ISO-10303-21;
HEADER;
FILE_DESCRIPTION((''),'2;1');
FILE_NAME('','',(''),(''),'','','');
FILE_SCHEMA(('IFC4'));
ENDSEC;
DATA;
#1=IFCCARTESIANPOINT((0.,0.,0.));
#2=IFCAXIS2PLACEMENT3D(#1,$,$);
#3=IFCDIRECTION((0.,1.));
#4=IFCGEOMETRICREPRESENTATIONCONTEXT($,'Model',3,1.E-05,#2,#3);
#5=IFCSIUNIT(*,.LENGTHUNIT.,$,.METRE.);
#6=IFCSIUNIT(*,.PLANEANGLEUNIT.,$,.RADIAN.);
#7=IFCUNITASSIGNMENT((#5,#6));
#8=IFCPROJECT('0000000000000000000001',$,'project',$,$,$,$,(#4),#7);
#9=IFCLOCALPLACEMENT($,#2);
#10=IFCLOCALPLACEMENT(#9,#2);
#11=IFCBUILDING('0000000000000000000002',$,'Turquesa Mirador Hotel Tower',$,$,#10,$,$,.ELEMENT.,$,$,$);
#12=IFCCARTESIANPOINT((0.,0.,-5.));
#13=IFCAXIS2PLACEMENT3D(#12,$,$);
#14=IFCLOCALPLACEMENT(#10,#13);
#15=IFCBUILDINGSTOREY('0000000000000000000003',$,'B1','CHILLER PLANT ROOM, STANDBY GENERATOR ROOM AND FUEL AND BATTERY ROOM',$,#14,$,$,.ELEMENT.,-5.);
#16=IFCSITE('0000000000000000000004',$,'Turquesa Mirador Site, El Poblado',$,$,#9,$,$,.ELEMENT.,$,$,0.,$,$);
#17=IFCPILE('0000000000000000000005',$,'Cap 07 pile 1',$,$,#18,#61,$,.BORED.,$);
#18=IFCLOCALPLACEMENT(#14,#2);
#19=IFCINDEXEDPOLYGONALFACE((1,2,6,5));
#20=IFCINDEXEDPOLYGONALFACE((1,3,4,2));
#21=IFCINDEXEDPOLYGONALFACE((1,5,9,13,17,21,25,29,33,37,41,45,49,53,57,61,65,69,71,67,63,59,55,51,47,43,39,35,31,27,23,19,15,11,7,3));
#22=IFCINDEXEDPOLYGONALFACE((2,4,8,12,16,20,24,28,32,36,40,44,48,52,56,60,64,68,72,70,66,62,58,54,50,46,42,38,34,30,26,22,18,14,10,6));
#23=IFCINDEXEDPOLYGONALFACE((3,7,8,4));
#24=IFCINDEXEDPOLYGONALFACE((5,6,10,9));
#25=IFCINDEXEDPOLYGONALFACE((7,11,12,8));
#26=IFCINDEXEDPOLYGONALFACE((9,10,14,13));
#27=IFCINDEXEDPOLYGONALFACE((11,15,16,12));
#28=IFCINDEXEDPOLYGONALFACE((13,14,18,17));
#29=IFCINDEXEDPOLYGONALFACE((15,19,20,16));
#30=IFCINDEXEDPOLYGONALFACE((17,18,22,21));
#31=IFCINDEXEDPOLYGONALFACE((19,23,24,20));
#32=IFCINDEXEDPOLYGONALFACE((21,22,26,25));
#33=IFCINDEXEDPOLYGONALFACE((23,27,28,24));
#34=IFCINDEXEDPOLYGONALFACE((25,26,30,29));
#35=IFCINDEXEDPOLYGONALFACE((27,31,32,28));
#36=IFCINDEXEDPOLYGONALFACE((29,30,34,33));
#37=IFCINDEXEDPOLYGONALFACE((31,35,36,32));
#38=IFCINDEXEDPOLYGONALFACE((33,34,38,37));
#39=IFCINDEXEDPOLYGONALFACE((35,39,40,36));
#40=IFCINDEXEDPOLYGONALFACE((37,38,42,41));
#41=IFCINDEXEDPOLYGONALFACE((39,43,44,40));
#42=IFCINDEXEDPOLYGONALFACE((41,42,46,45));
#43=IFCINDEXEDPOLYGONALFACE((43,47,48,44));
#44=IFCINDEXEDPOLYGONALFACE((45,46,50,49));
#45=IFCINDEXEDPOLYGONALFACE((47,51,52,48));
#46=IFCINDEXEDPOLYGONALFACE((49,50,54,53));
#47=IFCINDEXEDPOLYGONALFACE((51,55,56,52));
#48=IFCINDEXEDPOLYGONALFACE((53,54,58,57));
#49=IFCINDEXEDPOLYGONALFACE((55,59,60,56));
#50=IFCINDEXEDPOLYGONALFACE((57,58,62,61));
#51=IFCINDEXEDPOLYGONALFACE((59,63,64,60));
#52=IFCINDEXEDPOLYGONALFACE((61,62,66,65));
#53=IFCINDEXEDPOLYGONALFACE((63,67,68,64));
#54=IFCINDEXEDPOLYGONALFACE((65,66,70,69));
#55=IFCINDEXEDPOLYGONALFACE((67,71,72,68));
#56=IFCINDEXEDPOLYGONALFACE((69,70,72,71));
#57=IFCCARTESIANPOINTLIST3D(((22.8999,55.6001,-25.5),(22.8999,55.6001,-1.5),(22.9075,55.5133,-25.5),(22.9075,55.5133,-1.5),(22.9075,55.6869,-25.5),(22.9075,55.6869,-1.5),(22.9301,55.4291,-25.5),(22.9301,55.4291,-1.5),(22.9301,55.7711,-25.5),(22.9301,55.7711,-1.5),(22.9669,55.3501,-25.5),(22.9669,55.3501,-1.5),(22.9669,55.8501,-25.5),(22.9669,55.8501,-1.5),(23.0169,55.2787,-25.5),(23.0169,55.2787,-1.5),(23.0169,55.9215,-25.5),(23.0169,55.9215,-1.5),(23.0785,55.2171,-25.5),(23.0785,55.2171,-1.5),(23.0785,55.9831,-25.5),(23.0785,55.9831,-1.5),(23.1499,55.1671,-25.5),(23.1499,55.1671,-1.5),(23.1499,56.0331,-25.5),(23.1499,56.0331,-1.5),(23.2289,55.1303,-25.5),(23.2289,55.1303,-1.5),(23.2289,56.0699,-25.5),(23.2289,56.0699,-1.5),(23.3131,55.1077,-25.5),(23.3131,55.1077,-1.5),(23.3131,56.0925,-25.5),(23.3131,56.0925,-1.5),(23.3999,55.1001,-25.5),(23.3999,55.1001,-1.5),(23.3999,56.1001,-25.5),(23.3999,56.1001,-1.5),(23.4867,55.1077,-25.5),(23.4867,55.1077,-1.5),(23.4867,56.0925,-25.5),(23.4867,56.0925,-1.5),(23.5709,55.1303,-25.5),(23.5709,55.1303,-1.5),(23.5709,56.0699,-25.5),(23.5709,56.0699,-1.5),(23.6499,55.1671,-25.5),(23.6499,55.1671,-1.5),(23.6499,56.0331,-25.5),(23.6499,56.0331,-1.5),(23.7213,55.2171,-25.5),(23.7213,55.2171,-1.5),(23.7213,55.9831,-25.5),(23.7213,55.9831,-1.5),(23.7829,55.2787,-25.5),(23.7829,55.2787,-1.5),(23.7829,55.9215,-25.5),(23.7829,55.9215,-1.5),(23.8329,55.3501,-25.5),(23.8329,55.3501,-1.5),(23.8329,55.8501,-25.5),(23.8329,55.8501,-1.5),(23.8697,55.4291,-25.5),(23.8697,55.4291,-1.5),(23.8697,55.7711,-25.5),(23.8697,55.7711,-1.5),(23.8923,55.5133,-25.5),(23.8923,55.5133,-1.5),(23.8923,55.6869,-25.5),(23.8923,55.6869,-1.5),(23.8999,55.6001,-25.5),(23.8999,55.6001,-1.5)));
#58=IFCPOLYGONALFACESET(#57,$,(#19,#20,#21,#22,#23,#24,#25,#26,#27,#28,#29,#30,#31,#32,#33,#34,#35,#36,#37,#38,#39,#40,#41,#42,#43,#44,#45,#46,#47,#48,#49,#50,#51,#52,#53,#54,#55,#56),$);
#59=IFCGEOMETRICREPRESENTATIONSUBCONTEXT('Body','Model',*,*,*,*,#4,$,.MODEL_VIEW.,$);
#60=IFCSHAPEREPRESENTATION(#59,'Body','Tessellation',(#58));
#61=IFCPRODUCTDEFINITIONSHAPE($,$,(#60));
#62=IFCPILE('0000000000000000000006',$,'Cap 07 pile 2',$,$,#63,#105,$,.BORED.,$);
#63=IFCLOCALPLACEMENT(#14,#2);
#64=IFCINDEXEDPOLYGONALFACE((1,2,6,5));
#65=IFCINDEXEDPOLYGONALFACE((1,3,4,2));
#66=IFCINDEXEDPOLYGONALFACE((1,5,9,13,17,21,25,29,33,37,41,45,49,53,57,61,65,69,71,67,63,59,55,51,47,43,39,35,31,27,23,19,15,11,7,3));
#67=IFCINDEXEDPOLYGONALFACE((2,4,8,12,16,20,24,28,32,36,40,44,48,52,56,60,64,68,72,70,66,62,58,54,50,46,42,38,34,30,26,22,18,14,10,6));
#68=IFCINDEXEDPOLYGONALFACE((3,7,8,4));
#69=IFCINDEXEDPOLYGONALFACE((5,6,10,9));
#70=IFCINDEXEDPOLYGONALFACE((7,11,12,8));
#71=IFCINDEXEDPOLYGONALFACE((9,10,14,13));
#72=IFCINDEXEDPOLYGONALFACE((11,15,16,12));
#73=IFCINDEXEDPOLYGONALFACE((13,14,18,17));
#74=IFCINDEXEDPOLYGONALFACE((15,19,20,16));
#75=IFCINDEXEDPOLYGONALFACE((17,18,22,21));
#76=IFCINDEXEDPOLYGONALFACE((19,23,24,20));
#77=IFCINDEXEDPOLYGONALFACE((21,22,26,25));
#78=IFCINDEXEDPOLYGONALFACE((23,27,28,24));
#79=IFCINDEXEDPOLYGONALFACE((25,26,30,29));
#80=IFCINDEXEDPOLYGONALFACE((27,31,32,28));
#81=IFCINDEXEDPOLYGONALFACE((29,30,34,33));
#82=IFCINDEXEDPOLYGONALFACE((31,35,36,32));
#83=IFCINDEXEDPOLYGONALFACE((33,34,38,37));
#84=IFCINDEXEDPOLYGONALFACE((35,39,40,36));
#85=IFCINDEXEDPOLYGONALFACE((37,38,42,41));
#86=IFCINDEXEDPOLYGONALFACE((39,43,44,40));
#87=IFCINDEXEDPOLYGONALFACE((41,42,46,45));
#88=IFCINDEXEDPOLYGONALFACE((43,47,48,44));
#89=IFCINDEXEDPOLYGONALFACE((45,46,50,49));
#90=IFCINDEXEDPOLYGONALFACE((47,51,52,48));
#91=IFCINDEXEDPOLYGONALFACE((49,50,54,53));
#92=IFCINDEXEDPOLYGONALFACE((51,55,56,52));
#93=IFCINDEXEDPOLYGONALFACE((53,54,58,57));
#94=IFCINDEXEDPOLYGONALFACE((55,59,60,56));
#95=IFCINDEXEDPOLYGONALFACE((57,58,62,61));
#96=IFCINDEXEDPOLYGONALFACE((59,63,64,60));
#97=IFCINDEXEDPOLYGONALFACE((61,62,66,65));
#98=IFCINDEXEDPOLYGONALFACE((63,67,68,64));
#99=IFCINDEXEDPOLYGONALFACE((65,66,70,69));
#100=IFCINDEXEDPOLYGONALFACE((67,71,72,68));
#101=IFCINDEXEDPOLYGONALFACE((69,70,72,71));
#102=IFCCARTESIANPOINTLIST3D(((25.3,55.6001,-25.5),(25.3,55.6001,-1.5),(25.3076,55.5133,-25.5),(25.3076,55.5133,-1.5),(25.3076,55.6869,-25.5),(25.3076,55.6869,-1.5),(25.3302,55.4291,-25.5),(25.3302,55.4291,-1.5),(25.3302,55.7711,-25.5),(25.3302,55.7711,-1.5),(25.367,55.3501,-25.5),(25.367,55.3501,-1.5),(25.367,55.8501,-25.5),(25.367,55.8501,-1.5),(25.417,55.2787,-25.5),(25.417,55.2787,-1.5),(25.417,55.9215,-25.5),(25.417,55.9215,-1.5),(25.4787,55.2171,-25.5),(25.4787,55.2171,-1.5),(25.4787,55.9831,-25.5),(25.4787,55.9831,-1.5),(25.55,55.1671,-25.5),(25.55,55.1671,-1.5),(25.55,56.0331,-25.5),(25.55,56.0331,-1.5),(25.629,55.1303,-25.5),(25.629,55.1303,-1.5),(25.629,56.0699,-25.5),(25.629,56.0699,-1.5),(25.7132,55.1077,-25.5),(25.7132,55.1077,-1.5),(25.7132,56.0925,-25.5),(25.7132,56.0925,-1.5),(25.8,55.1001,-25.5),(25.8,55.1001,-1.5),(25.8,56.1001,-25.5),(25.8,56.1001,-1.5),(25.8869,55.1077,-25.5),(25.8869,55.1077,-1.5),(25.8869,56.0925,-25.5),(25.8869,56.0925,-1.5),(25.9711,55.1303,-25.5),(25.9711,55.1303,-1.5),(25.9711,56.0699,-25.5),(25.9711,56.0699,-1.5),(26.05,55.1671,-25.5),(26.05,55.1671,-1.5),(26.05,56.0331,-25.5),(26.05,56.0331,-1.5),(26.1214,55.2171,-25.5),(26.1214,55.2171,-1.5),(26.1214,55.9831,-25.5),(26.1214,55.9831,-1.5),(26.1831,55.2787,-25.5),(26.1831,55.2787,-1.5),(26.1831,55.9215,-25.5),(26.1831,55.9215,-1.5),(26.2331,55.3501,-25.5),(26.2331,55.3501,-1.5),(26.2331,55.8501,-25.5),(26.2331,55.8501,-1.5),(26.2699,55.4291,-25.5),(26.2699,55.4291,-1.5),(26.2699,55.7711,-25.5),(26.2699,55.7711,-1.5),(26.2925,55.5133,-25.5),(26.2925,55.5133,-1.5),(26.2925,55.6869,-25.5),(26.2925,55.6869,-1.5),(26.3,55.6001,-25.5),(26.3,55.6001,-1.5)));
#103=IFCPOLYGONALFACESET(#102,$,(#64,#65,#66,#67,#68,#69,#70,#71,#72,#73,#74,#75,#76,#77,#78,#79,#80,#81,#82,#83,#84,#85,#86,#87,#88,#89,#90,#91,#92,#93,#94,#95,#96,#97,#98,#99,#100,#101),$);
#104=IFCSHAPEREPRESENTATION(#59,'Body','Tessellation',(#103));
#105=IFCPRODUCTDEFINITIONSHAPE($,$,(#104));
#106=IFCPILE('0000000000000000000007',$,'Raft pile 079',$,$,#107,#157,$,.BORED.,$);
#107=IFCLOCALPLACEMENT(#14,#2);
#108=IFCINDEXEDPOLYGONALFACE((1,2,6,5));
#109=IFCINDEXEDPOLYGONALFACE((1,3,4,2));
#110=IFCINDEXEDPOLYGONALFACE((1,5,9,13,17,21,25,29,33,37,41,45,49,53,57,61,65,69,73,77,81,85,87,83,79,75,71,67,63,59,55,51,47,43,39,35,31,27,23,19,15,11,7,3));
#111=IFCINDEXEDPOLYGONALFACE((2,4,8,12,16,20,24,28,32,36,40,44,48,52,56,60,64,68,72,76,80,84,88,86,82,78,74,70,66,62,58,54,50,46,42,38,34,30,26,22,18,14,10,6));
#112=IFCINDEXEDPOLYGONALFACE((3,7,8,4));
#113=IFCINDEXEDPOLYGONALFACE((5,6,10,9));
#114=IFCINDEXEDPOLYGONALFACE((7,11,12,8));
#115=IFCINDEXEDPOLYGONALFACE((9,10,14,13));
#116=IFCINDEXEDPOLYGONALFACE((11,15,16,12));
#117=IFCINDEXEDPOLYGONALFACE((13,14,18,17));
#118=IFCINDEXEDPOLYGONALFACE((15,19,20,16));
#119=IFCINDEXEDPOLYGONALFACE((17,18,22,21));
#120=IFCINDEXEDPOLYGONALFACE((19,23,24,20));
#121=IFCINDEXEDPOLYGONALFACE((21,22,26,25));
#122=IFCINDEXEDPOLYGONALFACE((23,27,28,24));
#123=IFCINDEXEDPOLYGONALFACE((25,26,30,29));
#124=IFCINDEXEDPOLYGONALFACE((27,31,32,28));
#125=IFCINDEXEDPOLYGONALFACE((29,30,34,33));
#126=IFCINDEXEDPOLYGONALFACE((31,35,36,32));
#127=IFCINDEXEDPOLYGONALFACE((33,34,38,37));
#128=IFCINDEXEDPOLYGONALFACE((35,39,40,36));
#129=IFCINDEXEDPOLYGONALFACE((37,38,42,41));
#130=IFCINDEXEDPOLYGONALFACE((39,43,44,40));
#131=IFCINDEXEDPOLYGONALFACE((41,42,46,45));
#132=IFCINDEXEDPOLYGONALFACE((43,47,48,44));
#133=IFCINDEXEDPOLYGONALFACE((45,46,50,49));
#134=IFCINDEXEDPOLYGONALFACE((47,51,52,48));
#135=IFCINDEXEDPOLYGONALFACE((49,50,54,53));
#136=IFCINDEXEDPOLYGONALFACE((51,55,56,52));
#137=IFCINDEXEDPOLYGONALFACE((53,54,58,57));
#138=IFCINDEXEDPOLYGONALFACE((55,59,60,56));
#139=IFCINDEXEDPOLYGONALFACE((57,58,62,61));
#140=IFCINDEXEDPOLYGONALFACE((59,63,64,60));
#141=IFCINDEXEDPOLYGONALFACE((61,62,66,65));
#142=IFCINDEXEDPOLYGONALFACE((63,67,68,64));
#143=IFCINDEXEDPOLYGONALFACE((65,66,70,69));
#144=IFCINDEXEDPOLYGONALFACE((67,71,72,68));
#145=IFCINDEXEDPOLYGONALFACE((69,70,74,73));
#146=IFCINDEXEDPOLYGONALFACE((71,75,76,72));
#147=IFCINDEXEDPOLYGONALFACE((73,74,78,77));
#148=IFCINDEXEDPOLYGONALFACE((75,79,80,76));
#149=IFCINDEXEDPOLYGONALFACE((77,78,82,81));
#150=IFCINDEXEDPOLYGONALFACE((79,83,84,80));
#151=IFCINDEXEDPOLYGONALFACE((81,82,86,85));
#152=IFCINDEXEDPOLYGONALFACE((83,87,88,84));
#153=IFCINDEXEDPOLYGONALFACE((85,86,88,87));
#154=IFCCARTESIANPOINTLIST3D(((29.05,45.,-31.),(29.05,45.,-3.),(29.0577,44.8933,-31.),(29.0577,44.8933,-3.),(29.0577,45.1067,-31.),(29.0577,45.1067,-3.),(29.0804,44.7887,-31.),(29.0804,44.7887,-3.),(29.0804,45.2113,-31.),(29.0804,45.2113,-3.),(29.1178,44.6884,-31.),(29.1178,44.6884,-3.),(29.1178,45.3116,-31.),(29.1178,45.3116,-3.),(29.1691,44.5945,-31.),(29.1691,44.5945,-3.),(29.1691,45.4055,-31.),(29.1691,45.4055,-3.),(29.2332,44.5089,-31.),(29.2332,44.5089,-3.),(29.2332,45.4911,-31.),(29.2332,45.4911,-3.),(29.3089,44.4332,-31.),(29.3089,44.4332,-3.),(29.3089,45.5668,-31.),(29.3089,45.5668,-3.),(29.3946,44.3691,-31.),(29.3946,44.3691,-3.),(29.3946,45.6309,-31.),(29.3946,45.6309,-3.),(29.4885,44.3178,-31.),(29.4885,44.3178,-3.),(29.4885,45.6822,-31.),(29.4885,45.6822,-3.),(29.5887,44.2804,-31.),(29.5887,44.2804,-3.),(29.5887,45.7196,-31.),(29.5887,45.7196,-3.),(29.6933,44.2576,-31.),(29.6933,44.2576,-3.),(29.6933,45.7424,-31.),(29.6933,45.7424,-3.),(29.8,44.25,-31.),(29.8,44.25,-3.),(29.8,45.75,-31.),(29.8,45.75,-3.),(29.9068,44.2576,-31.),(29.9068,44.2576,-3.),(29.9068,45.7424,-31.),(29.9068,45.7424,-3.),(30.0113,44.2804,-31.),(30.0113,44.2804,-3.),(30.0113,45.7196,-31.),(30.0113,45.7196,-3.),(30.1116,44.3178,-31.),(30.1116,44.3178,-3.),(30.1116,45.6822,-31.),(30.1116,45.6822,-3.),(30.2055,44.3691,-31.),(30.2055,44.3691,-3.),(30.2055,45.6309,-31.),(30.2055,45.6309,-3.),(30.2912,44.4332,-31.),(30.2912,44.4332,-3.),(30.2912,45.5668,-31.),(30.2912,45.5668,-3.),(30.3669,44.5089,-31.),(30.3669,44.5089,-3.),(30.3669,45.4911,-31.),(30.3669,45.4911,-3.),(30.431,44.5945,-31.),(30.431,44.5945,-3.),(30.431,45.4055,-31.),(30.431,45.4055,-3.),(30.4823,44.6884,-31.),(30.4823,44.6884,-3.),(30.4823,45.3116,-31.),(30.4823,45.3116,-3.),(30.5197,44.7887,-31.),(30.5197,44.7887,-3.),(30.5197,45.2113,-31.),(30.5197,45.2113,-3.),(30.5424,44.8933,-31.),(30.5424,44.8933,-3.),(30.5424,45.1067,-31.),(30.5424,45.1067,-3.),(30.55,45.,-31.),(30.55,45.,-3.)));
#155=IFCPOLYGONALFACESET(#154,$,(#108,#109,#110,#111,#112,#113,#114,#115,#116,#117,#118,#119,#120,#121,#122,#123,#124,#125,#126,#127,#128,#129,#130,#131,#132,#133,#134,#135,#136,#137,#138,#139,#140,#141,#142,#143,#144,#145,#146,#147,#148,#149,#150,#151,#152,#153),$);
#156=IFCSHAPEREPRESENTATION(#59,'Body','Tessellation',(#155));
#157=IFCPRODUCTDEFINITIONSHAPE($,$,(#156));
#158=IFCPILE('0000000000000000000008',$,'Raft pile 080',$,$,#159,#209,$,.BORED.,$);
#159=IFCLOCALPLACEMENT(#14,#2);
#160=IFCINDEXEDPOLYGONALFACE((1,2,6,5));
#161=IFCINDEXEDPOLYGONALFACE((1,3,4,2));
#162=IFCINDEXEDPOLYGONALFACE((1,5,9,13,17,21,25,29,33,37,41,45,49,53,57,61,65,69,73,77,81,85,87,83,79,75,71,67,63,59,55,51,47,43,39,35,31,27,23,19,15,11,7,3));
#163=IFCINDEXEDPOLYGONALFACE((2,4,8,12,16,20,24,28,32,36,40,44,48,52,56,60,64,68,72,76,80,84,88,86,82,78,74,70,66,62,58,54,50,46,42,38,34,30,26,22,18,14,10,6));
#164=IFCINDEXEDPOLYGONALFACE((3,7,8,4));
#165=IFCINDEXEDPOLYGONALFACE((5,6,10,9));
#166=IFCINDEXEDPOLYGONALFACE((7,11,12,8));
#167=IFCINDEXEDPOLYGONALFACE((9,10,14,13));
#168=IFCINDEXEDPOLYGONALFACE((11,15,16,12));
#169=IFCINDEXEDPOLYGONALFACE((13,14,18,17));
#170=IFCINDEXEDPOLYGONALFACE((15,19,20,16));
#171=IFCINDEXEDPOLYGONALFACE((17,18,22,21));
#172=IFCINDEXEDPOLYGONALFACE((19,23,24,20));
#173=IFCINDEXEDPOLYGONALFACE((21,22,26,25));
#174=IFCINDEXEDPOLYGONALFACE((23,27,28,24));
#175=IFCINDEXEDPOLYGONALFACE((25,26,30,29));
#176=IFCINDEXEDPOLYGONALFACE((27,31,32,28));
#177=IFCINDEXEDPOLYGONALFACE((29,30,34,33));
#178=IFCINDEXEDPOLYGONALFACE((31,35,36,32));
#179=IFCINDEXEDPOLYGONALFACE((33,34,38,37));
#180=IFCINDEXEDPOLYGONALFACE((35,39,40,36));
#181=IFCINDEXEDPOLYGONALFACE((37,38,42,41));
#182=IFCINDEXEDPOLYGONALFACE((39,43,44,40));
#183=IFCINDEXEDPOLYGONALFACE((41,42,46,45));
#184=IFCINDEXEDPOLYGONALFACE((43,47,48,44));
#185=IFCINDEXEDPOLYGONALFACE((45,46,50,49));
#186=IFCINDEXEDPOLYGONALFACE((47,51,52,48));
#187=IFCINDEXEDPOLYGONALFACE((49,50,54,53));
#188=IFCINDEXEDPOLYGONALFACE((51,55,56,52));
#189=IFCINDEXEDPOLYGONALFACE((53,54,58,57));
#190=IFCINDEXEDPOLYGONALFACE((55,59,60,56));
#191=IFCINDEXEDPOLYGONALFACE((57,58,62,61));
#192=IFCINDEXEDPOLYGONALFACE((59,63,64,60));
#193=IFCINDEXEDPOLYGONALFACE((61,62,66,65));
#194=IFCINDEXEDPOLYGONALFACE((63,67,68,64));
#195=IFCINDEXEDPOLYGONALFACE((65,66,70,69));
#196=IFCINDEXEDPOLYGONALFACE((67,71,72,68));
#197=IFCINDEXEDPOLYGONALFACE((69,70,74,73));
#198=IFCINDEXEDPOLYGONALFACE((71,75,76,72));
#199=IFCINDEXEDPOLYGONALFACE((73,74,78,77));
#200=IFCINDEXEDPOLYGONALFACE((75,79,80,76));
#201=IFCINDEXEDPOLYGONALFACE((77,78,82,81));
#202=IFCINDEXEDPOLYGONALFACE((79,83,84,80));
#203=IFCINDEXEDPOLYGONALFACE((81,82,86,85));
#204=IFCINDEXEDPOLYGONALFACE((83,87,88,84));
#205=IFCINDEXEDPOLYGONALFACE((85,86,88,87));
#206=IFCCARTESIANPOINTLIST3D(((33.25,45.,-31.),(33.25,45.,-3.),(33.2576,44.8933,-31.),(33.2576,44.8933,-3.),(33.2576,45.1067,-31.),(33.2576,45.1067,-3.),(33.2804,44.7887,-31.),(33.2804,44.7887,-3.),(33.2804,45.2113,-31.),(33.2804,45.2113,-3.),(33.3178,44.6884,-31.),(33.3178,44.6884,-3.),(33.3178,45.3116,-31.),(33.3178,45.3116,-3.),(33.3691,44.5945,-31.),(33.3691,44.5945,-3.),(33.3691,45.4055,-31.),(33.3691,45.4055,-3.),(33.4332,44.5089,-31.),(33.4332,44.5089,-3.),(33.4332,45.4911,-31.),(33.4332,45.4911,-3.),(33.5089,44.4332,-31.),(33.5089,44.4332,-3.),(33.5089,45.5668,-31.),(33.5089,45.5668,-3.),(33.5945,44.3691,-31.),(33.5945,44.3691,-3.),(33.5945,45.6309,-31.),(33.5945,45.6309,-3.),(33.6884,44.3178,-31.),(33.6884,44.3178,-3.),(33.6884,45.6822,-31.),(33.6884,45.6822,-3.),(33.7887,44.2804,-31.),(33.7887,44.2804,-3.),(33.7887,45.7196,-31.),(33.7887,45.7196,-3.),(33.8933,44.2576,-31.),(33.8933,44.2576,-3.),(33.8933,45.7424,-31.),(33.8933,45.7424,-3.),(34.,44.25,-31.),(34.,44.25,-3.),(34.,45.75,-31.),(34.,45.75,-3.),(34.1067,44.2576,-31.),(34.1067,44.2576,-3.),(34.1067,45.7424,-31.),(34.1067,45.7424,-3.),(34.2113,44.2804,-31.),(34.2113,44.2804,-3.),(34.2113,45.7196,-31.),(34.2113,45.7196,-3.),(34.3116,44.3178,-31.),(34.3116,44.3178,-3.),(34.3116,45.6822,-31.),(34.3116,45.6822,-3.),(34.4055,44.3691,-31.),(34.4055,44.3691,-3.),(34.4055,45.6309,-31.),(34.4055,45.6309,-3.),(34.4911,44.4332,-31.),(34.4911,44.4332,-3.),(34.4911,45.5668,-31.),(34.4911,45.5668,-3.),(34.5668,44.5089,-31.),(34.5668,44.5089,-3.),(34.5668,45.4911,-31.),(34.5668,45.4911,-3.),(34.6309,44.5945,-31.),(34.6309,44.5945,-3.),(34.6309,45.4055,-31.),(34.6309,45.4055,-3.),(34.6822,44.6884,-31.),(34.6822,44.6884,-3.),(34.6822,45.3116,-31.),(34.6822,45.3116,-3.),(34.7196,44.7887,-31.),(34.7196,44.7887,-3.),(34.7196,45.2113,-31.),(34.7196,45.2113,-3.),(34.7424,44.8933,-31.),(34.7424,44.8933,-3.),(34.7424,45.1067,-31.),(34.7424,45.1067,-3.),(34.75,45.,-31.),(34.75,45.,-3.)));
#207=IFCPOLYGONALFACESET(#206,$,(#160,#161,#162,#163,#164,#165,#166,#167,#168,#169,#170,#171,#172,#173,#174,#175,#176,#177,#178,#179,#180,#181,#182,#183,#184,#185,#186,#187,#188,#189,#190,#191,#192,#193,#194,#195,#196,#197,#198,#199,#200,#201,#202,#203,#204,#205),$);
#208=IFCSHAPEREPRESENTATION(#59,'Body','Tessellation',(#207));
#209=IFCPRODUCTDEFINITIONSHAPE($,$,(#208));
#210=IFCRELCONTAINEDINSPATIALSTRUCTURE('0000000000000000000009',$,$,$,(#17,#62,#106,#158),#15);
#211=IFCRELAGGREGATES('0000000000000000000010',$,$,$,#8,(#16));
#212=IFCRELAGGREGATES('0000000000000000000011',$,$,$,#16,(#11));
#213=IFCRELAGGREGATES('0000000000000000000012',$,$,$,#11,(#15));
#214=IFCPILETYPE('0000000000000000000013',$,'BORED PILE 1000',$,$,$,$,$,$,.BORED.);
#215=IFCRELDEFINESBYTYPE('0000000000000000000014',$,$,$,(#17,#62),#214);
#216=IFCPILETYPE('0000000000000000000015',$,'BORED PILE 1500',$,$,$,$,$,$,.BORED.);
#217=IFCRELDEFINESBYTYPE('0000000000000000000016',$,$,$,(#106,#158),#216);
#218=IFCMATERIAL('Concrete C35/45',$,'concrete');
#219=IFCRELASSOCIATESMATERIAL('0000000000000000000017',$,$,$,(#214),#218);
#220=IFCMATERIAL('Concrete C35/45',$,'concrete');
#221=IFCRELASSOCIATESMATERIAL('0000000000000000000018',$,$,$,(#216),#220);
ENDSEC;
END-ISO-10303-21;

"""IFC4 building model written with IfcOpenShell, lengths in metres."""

from ifc_helpers import new_model, si_unit, direction, frame, origin, origin_2d, place, context, subcontext, project, spatial, circle, extrude, material, type_object, element, save


model = new_model("IFC4")

# Units and contexts
model_context = context("Model", 3, precision=1e-05, world=origin(), true_north=direction((0.0, 1.0)))
body_context = subcontext(model_context, "Body", "Model", "MODEL_VIEW")
ifc_project = project(units=[si_unit("LENGTHUNIT", "METRE"), si_unit("PLANEANGLEUNIT", "RADIAN")], contexts=[model_context])

# Site, building, storey
site_placement = place(None, origin())
site = spatial("IfcSite", under=ifc_project, at=site_placement, Name="Turquesa Mirador Site, El Poblado", CompositionType="ELEMENT", RefElevation=0.0)
building_placement = place(site_placement, origin())
building = spatial("IfcBuilding", under=site, at=building_placement, Name="Turquesa Mirador Hotel Tower", CompositionType="ELEMENT")
storey_placement = place(building_placement, frame((0.0, 0.0, -5.0)))
storey = spatial("IfcBuildingStorey", under=building, at=storey_placement, Name="B1", Description="CHILLER PLANT ROOM, STANDBY GENERATOR ROOM AND FUEL AND BATTERY ROOM", CompositionType="ELEMENT", Elevation=-5.0)

# Piles
ifc_material_1 = material(Name="Concrete C35/45", Category="concrete")
pile_type_1 = type_object("IfcPileType", Name="BORED PILE 1000", PredefinedType="BORED", material=ifc_material_1)
for number, where, z_axis, x_axis, name in (
    (1, (23.3999, 55.6001, -1.5), (0.0, 0.0, -1.0), (1.0, 0.0, 0.0), "Cap 07 pile 1"),
    (2, (25.8, 55.6001, -1.5), (0.0, 0.0, -1.0), (1.0, 0.0, 0.0), "Cap 07 pile 2"),
):
    element("IfcPile", number, at=place(storey_placement, frame(where, z_axis=z_axis, x_axis=x_axis)), inside=storey, type_object=pile_type_1, Name=name, PredefinedType="BORED", context=body_context, shape_type="SweptSolid", body=[
        extrude(circle(Radius=0.5, at=origin_2d()), origin(), (0.0, 0.0, 1.0), 24.0),
    ])
ifc_material_2 = material(Name="Concrete C35/45", Category="concrete")
pile_type_2 = type_object("IfcPileType", Name="BORED PILE 1500", PredefinedType="BORED", material=ifc_material_2)
for number, where, z_axis, x_axis, name in (
    (3, (29.8, 45.0, -3.0), (0.0, 0.0, -1.0), (1.0, 0.0, 0.0), "Raft pile 079"),
    (4, (34.0, 45.0, -3.0), (0.0, 0.0, -1.0), (1.0, 0.0, 0.0), "Raft pile 080"),
):
    element("IfcPile", number, at=place(storey_placement, frame(where, z_axis=z_axis, x_axis=x_axis)), inside=storey, type_object=pile_type_2, Name=name, PredefinedType="BORED", context=body_context, shape_type="SweptSolid", body=[
        extrude(circle(Radius=0.75, at=origin_2d()), origin(), (0.0, 0.0, 1.0), 28.0),
    ])

save(model, "model.ifc")
